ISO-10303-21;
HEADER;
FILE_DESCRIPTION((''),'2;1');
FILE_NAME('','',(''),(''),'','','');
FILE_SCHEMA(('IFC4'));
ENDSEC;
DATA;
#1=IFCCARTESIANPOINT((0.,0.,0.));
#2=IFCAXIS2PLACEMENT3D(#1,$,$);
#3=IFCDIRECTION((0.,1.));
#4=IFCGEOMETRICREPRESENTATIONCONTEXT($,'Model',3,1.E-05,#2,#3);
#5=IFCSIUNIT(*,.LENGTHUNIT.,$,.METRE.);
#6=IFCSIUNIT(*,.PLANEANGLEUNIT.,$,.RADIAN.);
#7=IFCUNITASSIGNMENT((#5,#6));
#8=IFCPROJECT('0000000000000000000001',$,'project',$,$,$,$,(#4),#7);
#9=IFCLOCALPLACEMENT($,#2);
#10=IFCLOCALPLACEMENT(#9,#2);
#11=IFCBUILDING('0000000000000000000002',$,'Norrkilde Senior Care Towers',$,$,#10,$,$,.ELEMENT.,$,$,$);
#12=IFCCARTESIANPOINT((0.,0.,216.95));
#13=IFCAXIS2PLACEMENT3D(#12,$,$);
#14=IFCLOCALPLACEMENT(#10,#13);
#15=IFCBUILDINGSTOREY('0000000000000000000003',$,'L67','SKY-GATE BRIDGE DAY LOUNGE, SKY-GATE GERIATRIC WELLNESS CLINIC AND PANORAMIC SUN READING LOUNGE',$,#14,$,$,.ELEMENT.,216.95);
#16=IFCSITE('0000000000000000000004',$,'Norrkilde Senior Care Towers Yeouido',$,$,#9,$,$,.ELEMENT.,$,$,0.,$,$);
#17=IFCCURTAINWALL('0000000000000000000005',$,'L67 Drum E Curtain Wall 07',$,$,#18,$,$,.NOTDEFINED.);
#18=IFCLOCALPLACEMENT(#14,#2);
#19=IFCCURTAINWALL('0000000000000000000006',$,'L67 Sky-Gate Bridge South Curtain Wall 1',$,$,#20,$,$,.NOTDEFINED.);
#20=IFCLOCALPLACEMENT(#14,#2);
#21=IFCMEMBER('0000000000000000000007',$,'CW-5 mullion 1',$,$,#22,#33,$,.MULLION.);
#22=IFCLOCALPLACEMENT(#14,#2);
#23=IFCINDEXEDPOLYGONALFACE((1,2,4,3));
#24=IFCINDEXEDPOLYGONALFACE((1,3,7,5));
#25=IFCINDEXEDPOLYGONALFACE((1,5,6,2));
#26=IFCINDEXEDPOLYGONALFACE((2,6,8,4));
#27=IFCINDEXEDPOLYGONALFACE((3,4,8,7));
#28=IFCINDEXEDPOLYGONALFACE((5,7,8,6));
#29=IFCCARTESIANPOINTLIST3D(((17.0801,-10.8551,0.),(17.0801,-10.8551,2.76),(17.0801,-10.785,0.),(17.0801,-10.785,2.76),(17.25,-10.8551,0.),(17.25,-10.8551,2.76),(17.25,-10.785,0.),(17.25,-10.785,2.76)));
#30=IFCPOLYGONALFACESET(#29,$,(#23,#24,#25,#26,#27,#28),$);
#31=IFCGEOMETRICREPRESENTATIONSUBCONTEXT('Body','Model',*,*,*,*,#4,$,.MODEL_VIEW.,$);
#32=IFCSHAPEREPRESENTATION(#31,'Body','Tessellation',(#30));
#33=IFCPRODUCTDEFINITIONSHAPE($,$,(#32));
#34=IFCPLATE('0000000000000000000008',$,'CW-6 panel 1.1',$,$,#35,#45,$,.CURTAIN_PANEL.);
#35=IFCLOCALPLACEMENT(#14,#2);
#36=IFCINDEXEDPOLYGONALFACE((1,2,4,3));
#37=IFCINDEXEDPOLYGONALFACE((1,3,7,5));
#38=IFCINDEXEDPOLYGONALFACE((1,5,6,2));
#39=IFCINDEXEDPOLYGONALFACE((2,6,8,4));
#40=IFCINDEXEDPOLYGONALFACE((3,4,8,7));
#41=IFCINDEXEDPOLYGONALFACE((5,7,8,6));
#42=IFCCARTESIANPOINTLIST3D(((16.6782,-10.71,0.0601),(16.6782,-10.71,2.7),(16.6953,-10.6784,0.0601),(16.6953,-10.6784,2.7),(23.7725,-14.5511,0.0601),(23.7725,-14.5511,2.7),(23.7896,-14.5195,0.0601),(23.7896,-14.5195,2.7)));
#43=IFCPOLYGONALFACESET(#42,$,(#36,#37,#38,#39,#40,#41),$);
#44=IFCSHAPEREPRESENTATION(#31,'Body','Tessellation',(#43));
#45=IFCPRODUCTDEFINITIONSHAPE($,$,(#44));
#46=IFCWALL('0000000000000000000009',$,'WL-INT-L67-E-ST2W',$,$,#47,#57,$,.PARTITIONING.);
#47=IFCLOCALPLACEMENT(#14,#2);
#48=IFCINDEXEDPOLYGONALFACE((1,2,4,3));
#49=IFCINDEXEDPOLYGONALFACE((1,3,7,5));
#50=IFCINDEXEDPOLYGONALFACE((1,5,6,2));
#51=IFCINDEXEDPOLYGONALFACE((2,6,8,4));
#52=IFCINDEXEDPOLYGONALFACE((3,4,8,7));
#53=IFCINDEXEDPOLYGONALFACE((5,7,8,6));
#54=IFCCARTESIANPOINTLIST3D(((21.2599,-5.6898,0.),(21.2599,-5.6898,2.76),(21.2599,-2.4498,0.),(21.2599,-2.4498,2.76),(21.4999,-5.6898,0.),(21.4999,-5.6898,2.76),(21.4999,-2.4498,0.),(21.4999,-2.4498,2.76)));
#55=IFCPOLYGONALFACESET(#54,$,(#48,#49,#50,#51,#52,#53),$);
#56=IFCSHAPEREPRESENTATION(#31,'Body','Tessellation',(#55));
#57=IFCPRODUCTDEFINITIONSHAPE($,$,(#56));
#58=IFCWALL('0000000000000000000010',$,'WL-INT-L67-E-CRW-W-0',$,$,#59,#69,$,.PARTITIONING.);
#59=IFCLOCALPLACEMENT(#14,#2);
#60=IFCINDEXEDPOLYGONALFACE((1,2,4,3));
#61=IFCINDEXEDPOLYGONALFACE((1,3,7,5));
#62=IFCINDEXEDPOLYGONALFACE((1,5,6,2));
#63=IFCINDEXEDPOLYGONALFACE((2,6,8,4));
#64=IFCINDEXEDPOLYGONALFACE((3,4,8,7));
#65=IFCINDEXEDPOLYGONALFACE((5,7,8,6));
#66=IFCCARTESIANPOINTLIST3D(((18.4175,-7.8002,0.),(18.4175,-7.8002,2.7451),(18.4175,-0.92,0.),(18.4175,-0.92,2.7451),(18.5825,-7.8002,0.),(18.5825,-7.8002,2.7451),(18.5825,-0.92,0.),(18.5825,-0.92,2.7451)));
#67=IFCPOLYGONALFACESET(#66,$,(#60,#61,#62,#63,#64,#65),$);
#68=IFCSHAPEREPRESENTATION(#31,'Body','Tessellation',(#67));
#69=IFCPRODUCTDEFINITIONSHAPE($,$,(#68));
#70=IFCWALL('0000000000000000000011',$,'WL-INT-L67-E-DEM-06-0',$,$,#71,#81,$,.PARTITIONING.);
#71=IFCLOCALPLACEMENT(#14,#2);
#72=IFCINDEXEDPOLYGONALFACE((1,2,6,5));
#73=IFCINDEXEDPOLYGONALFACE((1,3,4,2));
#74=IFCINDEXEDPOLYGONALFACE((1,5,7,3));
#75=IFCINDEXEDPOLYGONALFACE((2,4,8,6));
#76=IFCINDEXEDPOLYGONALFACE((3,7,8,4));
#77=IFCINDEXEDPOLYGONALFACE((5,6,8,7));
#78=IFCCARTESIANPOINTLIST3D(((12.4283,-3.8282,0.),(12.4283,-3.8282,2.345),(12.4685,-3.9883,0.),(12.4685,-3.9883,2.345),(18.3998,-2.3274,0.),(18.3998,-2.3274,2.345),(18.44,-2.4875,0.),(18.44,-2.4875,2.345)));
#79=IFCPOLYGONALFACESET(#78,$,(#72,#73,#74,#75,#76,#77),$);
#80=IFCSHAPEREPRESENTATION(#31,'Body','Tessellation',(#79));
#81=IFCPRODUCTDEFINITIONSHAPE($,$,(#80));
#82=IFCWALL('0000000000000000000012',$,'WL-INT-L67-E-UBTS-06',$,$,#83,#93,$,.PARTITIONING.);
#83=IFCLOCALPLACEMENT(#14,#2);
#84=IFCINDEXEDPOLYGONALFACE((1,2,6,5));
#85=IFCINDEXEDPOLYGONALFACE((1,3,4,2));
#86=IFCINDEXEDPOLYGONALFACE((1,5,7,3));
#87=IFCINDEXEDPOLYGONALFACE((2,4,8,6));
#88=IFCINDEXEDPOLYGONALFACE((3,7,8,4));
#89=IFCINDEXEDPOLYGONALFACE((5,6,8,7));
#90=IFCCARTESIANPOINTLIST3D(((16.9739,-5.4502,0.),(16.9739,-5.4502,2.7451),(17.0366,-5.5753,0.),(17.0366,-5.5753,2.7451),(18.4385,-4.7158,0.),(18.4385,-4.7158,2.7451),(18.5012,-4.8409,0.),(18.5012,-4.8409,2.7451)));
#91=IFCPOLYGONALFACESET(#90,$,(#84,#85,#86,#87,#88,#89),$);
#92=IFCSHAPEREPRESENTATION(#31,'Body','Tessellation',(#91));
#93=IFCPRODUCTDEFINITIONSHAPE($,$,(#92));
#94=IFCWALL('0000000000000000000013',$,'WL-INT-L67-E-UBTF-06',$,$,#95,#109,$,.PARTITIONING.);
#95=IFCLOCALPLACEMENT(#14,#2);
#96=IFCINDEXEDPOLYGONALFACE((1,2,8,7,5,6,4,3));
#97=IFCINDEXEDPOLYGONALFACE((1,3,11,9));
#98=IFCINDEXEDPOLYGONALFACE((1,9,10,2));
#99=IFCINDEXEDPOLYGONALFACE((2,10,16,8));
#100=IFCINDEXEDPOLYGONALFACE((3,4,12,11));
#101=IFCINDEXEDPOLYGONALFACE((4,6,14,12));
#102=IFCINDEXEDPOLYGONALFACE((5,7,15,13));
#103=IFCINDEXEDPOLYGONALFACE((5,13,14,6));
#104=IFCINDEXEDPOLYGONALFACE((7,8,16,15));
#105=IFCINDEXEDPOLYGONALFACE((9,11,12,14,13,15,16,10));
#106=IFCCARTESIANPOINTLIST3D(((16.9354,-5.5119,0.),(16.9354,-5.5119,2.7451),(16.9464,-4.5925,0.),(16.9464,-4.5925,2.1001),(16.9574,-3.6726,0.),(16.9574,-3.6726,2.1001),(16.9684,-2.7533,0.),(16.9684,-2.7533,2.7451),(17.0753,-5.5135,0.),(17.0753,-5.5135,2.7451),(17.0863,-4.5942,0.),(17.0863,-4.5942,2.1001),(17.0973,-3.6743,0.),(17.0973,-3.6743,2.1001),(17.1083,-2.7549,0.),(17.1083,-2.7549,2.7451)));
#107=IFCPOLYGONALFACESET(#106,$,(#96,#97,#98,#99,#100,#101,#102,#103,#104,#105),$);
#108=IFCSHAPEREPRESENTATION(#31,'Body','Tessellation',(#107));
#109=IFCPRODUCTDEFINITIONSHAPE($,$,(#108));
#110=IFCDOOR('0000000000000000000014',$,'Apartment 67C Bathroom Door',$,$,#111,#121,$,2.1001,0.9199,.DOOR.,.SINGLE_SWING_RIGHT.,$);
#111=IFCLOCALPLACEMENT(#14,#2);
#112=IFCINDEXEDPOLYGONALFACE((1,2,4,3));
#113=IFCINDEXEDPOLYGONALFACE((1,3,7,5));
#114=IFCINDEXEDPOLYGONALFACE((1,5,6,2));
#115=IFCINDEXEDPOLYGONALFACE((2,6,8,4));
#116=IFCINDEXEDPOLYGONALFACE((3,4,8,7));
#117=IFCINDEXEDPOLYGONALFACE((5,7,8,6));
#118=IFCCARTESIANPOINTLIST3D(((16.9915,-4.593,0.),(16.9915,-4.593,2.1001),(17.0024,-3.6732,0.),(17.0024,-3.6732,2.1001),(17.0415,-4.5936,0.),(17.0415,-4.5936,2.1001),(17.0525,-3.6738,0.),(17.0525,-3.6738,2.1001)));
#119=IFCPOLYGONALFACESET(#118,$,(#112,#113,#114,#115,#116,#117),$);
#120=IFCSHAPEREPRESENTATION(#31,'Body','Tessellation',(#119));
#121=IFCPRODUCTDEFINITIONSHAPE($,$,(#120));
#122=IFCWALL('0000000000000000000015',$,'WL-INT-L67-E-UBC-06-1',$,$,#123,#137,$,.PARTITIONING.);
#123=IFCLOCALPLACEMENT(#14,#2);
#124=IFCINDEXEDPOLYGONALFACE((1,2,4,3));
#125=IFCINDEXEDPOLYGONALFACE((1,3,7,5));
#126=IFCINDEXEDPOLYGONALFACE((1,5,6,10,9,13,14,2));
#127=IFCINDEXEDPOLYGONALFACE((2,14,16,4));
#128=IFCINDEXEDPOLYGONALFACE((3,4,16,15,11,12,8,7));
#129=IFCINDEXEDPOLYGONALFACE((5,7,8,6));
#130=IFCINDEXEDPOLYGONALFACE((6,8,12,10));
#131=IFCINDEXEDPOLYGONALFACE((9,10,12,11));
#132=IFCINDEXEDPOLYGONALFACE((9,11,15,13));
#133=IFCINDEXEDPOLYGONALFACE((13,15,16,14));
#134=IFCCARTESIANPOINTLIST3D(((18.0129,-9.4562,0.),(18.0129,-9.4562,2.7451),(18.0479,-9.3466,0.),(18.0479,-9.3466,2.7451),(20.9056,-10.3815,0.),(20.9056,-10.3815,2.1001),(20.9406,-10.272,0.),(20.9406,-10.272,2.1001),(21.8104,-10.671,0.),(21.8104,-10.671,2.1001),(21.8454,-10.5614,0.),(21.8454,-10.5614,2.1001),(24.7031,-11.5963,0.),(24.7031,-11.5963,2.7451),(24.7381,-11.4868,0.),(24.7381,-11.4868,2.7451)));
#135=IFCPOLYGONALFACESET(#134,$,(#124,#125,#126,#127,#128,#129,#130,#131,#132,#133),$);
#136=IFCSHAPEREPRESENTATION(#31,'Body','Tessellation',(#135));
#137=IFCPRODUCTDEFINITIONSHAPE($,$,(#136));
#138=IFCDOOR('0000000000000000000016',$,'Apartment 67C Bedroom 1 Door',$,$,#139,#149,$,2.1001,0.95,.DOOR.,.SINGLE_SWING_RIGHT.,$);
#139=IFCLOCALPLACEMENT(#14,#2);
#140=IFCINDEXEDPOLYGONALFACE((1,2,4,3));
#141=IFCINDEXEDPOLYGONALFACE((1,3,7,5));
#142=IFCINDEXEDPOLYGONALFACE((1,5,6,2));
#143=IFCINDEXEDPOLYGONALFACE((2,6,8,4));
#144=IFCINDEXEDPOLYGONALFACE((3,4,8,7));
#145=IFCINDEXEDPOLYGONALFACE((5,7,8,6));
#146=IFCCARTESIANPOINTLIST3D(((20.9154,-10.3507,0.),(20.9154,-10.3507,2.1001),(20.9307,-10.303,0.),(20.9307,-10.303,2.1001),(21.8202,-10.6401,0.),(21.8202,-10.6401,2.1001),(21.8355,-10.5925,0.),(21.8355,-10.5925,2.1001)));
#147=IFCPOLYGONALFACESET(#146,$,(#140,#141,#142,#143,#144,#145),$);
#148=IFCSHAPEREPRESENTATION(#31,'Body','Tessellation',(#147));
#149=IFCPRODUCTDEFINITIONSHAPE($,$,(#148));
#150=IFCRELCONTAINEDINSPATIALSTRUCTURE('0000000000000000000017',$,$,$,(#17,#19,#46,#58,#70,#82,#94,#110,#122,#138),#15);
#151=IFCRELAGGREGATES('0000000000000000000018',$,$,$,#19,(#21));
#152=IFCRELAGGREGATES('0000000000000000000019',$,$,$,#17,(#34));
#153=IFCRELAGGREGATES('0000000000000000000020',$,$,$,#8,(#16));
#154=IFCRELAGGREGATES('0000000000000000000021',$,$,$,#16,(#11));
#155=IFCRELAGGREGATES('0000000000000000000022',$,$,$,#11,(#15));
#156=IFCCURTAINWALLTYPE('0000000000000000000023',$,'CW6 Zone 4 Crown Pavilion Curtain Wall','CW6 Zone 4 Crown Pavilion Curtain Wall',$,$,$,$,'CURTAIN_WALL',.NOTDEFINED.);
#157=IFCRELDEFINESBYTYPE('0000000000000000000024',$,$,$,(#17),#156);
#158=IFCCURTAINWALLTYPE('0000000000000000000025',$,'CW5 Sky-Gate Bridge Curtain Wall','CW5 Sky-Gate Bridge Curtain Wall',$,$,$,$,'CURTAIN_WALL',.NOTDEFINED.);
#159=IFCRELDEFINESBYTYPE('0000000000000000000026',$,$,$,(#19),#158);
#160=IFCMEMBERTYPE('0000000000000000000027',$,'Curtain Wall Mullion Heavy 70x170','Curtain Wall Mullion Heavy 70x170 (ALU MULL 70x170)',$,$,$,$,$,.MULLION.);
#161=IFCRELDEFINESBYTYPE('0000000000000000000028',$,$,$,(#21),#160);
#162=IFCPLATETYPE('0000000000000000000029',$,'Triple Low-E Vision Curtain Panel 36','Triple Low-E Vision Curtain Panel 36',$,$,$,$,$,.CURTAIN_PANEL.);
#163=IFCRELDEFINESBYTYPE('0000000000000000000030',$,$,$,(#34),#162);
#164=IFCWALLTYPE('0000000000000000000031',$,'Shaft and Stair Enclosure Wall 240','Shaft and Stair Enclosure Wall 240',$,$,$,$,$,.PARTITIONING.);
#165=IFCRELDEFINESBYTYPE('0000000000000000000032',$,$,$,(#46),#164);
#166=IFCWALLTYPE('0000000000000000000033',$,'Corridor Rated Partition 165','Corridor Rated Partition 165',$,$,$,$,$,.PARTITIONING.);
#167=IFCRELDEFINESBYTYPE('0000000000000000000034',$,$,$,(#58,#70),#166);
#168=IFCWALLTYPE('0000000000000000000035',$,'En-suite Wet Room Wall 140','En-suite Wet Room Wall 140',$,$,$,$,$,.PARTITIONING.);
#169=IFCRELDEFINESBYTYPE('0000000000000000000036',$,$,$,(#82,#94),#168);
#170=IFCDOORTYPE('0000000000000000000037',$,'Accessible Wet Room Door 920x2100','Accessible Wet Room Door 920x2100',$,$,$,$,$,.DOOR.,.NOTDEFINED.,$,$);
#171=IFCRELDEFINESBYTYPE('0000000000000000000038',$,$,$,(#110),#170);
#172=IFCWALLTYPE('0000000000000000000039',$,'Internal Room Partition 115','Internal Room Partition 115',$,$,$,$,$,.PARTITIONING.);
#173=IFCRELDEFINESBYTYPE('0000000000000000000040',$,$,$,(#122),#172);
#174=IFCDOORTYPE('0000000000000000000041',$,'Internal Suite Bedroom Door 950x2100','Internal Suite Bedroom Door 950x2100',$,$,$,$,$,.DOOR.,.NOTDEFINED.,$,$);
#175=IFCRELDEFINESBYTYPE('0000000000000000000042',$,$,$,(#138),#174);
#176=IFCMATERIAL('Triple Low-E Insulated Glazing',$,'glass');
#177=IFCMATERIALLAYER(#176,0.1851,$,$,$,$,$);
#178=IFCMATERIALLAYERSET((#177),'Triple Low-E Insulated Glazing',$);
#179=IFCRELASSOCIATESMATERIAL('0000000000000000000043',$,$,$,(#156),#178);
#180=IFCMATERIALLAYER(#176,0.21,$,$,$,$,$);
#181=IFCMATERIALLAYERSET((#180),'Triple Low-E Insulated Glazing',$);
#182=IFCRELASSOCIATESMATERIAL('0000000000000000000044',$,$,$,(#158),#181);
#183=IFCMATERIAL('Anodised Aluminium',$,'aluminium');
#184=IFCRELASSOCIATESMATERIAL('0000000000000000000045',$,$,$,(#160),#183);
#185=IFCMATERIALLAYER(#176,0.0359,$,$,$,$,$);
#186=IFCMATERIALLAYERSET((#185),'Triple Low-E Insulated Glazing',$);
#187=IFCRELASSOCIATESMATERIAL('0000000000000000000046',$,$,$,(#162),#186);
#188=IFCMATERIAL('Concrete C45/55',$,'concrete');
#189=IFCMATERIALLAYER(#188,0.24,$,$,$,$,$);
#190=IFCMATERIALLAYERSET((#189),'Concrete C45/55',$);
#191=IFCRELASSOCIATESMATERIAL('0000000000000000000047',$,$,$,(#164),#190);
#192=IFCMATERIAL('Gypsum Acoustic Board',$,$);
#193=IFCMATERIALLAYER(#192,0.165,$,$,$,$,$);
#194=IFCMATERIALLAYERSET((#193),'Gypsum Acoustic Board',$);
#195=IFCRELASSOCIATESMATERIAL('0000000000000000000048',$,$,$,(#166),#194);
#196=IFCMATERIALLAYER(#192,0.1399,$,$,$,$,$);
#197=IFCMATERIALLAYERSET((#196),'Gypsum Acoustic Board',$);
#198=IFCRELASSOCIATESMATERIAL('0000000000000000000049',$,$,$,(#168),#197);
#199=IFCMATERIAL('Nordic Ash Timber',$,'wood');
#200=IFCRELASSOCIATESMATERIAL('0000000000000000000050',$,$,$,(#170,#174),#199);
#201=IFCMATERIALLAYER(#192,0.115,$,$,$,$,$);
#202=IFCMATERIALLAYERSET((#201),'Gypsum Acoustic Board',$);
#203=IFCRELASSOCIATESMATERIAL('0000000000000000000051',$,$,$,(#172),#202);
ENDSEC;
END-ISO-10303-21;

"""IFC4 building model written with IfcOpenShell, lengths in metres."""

from ifc_helpers import new_model, si_unit, direction, frame, frame_2d, origin, origin_2d, place, context, subcontext, project, spatial, rectangle, extrude, source, transform, mapped, material, layer, layer_set, material_profile, profile_set, type_object, type_shapes, element, fill, aggregate, save


model = new_model("IFC4")

# Units and contexts
model_context = context("Model", 3, precision=1e-05, world=origin(), true_north=direction((0.0, 1.0)))
body_context = subcontext(model_context, "Body", "Model", "MODEL_VIEW")
ifc_project = project(units=[si_unit("LENGTHUNIT", "METRE"), si_unit("PLANEANGLEUNIT", "RADIAN")], contexts=[model_context])

# Site, building, storey
site_placement = place(None, origin())
site = spatial("IfcSite", under=ifc_project, at=site_placement, Name="Norrkilde Senior Care Towers Yeouido", CompositionType="ELEMENT", RefElevation=0.0)
building_placement = place(site_placement, origin())
building = spatial("IfcBuilding", under=site, at=building_placement, Name="Norrkilde Senior Care Towers", CompositionType="ELEMENT")
storey_placement = place(building_placement, frame((0.0, 0.0, 216.95)))
storey = spatial("IfcBuildingStorey", under=building, at=storey_placement, Name="L67", Description="SKY-GATE BRIDGE DAY LOUNGE, SKY-GATE GERIATRIC WELLNESS CLINIC AND PANORAMIC SUN READING LOUNGE", CompositionType="ELEMENT", Elevation=216.95)

# Curtain walls, member
ifc_material_1 = material(Name="Triple Low-E Insulated Glazing", Category="glass")
ifc_layer_1 = layer(ifc_material_1, 0.1851)
ifc_layer_set_1 = layer_set([ifc_layer_1], Name="Triple Low-E Insulated Glazing")
curtain_wall_type_1 = type_object("IfcCurtainWallType", Name="CW6 Zone 4 Crown Pavilion Curtain Wall", Description="CW6 Zone 4 Crown Pavilion Curtain Wall", ElementType="CURTAIN_WALL", PredefinedType="NOTDEFINED", material=ifc_layer_set_1)
curtain_wall_1_placement = place(storey_placement, origin())
curtain_wall_1 = element("IfcCurtainWall", 1, at=curtain_wall_1_placement, inside=storey, type_object=curtain_wall_type_1, Name="L67 Drum E Curtain Wall 07", PredefinedType="NOTDEFINED")
ifc_material_2 = material(Name="Anodised Aluminium", Category="aluminium")
ifc_layer_2 = layer(ifc_material_1, 0.21)
ifc_layer_set_2 = layer_set([ifc_layer_2], Name="Triple Low-E Insulated Glazing")
curtain_wall_type_2 = type_object("IfcCurtainWallType", Name="CW5 Sky-Gate Bridge Curtain Wall", Description="CW5 Sky-Gate Bridge Curtain Wall", ElementType="CURTAIN_WALL", PredefinedType="NOTDEFINED", material=ifc_layer_set_2)
curtain_wall_2_placement = place(storey_placement, origin())
curtain_wall_2 = element("IfcCurtainWall", 2, at=curtain_wall_2_placement, inside=storey, type_object=curtain_wall_type_2, Name="L67 Sky-Gate Bridge South Curtain Wall 1", PredefinedType="NOTDEFINED")
ifc_material_profile_1 = material_profile(ifc_material_2, rectangle(XDim=0.0701, YDim=0.1699, at=origin_2d()), Name="ALU MULL 70x170")
ifc_profile_set_1 = profile_set([ifc_material_profile_1], Name="Anodised Aluminium")
member_type_1 = type_object("IfcMemberType", Name="Curtain Wall Mullion Heavy 70x170", Description="Curtain Wall Mullion Heavy 70x170 (ALU MULL 70x170)", PredefinedType="MULLION", material=ifc_profile_set_1)
shared_shape_1 = source(origin(), body_context, "Body", "SweptSolid", [
    extrude(rectangle(XDim=0.0701, YDim=0.1699, at=origin_2d()), origin(), (0.0, 0.0, 1.0), 2.76),
])
type_shapes(member_type_1, [shared_shape_1])
member_1_placement = place(storey_placement, frame((17.165, -10.8201, 0.0), z_axis=(0.0, 0.0, 1.0), x_axis=(0.0, -1.0, 0.0)))
member_1 = element("IfcMember", 3, at=member_1_placement, type_object=member_type_1, Name="CW-5 mullion 1", PredefinedType="MULLION", context=body_context, shape_type="MappedRepresentation", body=[
    mapped(shared_shape_1, transform((0.0, 0.0, 0.0), x_axis=(1.0, 0.0, 0.0), y_axis=(0.0, 1.0, 0.0), z_axis=(0.0, 0.0, 1.0), scale=1.0)),
])
aggregate(curtain_wall_2, [member_1])

# Plate
ifc_layer_3 = layer(ifc_material_1, 0.0359)
ifc_layer_set_3 = layer_set([ifc_layer_3], Name="Triple Low-E Insulated Glazing")
plate_type = type_object("IfcPlateType", Name="Triple Low-E Vision Curtain Panel 36", Description="Triple Low-E Vision Curtain Panel 36", PredefinedType="CURTAIN_PANEL", material=ifc_layer_set_3)
shared_shape_2 = source(origin(), body_context, "Body", "SweptSolid", [
    extrude(rectangle(XDim=8.0674, YDim=0.0359, at=origin_2d()), origin(), (0.0, 0.0, 1.0), 2.6399),
])
type_shapes(plate_type, [shared_shape_2])
plate_placement = place(storey_placement, frame((20.2339, -12.6147, 0.0601), z_axis=(0.0, 0.0, 1.0), x_axis=(-0.879373, 0.476133, 0.0)))
plate = element("IfcPlate", 4, at=plate_placement, type_object=plate_type, Name="CW-6 panel 1.1", PredefinedType="CURTAIN_PANEL", context=body_context, shape_type="MappedRepresentation", body=[
    mapped(shared_shape_2, transform((0.0, 0.0, 0.0), x_axis=(1.0, 0.0, 0.0), y_axis=(0.0, 1.0, 0.0), z_axis=(0.0, 0.0, 1.0), scale=1.0)),
])
aggregate(curtain_wall_1, [plate])

# Shared definitions
ifc_material_3 = material(Name="Concrete C45/55", Category="concrete")
ifc_layer_4 = layer(ifc_material_3, 0.24)
ifc_layer_set_4 = layer_set([ifc_layer_4], Name="Concrete C45/55")
wall_type_1 = type_object("IfcWallType", Name="Shaft and Stair Enclosure Wall 240", Description="Shaft and Stair Enclosure Wall 240", PredefinedType="PARTITIONING", material=ifc_layer_set_4)

# Walls
shared_shape_3 = source(origin(), body_context, "Body", "SweptSolid", [
    extrude(rectangle(XDim=3.24, YDim=0.24, at=frame_2d((1.6201, 0.0))), origin(), (0.0, 0.0, 1.0), 2.76),
])
wall_1_placement = place(storey_placement, frame((21.3799, -5.6899, 0.0), z_axis=(0.0, 0.0, 1.0), x_axis=(0.0, 1.0, 0.0)))
element("IfcWall", 5, at=wall_1_placement, inside=storey, type_object=wall_type_1, Name="WL-INT-L67-E-ST2W", PredefinedType="PARTITIONING", context=body_context, shape_type="MappedRepresentation", body=[
    mapped(shared_shape_3, transform((0.0, 0.0, 0.0), x_axis=(1.0, 0.0, 0.0), y_axis=(0.0, 1.0, 0.0), z_axis=(0.0, 0.0, 1.0), scale=1.0)),
])
ifc_material_4 = material(Name="Gypsum Acoustic Board")
ifc_layer_5 = layer(ifc_material_4, 0.165)
ifc_layer_set_5 = layer_set([ifc_layer_5], Name="Gypsum Acoustic Board")
wall_type_2 = type_object("IfcWallType", Name="Corridor Rated Partition 165", Description="Corridor Rated Partition 165", PredefinedType="PARTITIONING", material=ifc_layer_set_5)
shared_shape_4 = source(origin(), body_context, "Body", "SweptSolid", [
    extrude(rectangle(XDim=6.8801, YDim=0.165, at=frame_2d((3.4399, 0.0))), origin(), (0.0, 0.0, 1.0), 2.7451),
])
wall_2_placement = place(storey_placement, frame((18.5, -7.8, 0.0), z_axis=(0.0, 0.0, 1.0), x_axis=(0.0, 1.0, 0.0)))
element("IfcWall", 6, at=wall_2_placement, inside=storey, type_object=wall_type_2, Name="WL-INT-L67-E-CRW-W-0", PredefinedType="PARTITIONING", context=body_context, shape_type="MappedRepresentation", body=[
    mapped(shared_shape_4, transform((0.0, 0.0, 0.0), x_axis=(1.0, 0.0, 0.0), y_axis=(0.0, 1.0, 0.0), z_axis=(0.0, 0.0, 1.0), scale=1.0)),
])
shared_shape_5 = source(origin(), body_context, "Body", "SweptSolid", [
    extrude(rectangle(XDim=6.1572, YDim=0.165, at=frame_2d((3.0786, 0.0))), origin(), (0.0, 0.0, 1.0), 2.345),
])
type_shapes(wall_type_2, [shared_shape_4, shared_shape_5])
wall_3_placement = place(storey_placement, frame((18.4199, -2.4075, 0.0), z_axis=(0.0, 0.0, 1.0), x_axis=(-0.969841, -0.243739, 0.0)))
element("IfcWall", 7, at=wall_3_placement, inside=storey, type_object=wall_type_2, Name="WL-INT-L67-E-DEM-06-0", PredefinedType="PARTITIONING", context=body_context, shape_type="MappedRepresentation", body=[
    mapped(shared_shape_5, transform((0.0, 0.0, 0.0), x_axis=(1.0, 0.0, 0.0), y_axis=(0.0, 1.0, 0.0), z_axis=(0.0, 0.0, 1.0), scale=1.0)),
])
ifc_layer_6 = layer(ifc_material_4, 0.1399)
ifc_layer_set_6 = layer_set([ifc_layer_6], Name="Gypsum Acoustic Board")
wall_type_3 = type_object("IfcWallType", Name="En-suite Wet Room Wall 140", Description="En-suite Wet Room Wall 140", PredefinedType="PARTITIONING", material=ifc_layer_set_6)
shared_shape_6 = source(origin(), body_context, "Body", "SweptSolid", [
    extrude(rectangle(XDim=1.6384, YDim=0.1399, at=frame_2d((0.8193, 0.0))), origin(), (0.0, 0.0, 1.0), 2.7451),
])
wall_4_placement = place(storey_placement, frame((18.47, -4.7783, 0.0), z_axis=(0.0, 0.0, 1.0), x_axis=(-0.89392, -0.448227, 0.0)))
element("IfcWall", 8, at=wall_4_placement, inside=storey, type_object=wall_type_3, Name="WL-INT-L67-E-UBTS-06", PredefinedType="PARTITIONING", context=body_context, shape_type="MappedRepresentation", body=[
    mapped(shared_shape_6, transform((0.0, 0.0, 0.0), x_axis=(1.0, 0.0, 0.0), y_axis=(0.0, 1.0, 0.0), z_axis=(0.0, 0.0, 1.0), scale=1.0)),
])

# Walls, openings, doors
shared_shape_7 = source(origin(), body_context, "Body", "SweptSolid", [
    extrude(rectangle(XDim=2.7588, YDim=0.1399, at=frame_2d((1.3794, 0.0))), origin(), (0.0, 0.0, 1.0), 2.7451),
])
type_shapes(wall_type_3, [shared_shape_6, shared_shape_7])
wall_5_placement = place(storey_placement, frame((17.0054, -5.5127, 0.0), z_axis=(0.0, 0.0, 1.0), x_axis=(0.011947, 0.999929, 0.0)))
wall_5 = element("IfcWall", 9, at=wall_5_placement, inside=storey, type_object=wall_type_3, Name="WL-INT-L67-E-UBTF-06", PredefinedType="PARTITIONING", context=body_context, shape_type="MappedRepresentation", body=[
    mapped(shared_shape_7, transform((0.0, 0.0, 0.0), x_axis=(1.0, 0.0, 0.0), y_axis=(0.0, 1.0, 0.0), z_axis=(0.0, 0.0, 1.0), scale=1.0)),
])
opening_1_placement = place(wall_5_placement, frame((0.9194, 0.0, 0.0)))
opening_1 = element("IfcOpeningElement", 10, at=opening_1_placement, cuts=wall_5, PredefinedType="OPENING", context=body_context, shape_type="SweptSolid", body=[
    extrude(rectangle(XDim=0.9199, YDim=2.1001, at=frame_2d((0.46, 1.05))), frame((0.0, 0.0798, 0.0), z_axis=(0.0, -1.0, 0.0), x_axis=(1.0, 0.0, 0.0)), (0.0, 0.0, 1.0), 0.1599),
])
ifc_material_5 = material(Name="Nordic Ash Timber", Category="wood")
door_type_1 = type_object("IfcDoorType", Name="Accessible Wet Room Door 920x2100", Description="Accessible Wet Room Door 920x2100", OperationType="NOTDEFINED", PredefinedType="DOOR", material=ifc_material_5)
shared_shape_8 = source(origin(), body_context, "Body", "SweptSolid", [
    extrude(rectangle(XDim=0.9199, YDim=2.1001, at=frame_2d((0.46, 1.05))), frame((0.0, 0.0249, 0.0), z_axis=(0.0, -1.0, 0.0), x_axis=(1.0, 0.0, 0.0)), (0.0, 0.0, 1.0), 0.05),
])
type_shapes(door_type_1, [shared_shape_8])
door_1_placement = place(opening_1_placement, origin())
door_1 = element("IfcDoor", 11, at=door_1_placement, inside=storey, type_object=door_type_1, Name="Apartment 67C Bathroom Door", OperationType="SINGLE_SWING_RIGHT", OverallHeight=2.1001, OverallWidth=0.9199, PredefinedType="DOOR", context=body_context, shape_type="MappedRepresentation", body=[
    mapped(shared_shape_8, transform((0.0, 0.0, 0.0), x_axis=(1.0, 0.0, 0.0), y_axis=(0.0, 1.0, 0.0), z_axis=(0.0, 0.0, 1.0), scale=1.0)),
])
fill(opening_1, door_1)
ifc_layer_7 = layer(ifc_material_4, 0.115)
ifc_layer_set_7 = layer_set([ifc_layer_7], Name="Gypsum Acoustic Board")
wall_type_4 = type_object("IfcWallType", Name="Internal Room Partition 115", Description="Internal Room Partition 115", PredefinedType="PARTITIONING", material=ifc_layer_set_7)
shared_shape_9 = source(origin(), body_context, "Body", "SweptSolid", [
    extrude(rectangle(XDim=7.0242, YDim=0.115, at=frame_2d((3.5122, 0.0))), origin(), (0.0, 0.0, 1.0), 2.7451),
])
wall_6_placement = place(storey_placement, frame((18.0303, -9.4014, 0.0), z_axis=(0.0, 0.0, 1.0), x_axis=(0.952454, -0.304682, 0.0)))
wall_6 = element("IfcWall", 12, at=wall_6_placement, inside=storey, type_object=wall_type_4, Name="WL-INT-L67-E-UBC-06-1", PredefinedType="PARTITIONING", context=body_context, shape_type="MappedRepresentation", body=[
    mapped(shared_shape_9, transform((0.0, 0.0, 0.0), x_axis=(1.0, 0.0, 0.0), y_axis=(0.0, 1.0, 0.0), z_axis=(0.0, 0.0, 1.0), scale=1.0)),
])
opening_2_placement = place(wall_6_placement, frame((3.0371, 0.0, 0.0)))
opening_2 = element("IfcOpeningElement", 13, at=opening_2_placement, cuts=wall_6, PredefinedType="OPENING", context=body_context, shape_type="SweptSolid", body=[
    extrude(rectangle(XDim=0.95, YDim=2.1001, at=frame_2d((0.4751, 1.05))), frame((0.0, 0.0674, 0.0), z_axis=(0.0, -1.0, 0.0), x_axis=(1.0, 0.0, 0.0)), (0.0, 0.0, 1.0), 0.135),
])
door_type_2 = type_object("IfcDoorType", Name="Internal Suite Bedroom Door 950x2100", Description="Internal Suite Bedroom Door 950x2100", OperationType="NOTDEFINED", PredefinedType="DOOR", material=ifc_material_5)
shared_shape_10 = source(origin(), body_context, "Body", "SweptSolid", [
    extrude(rectangle(XDim=0.95, YDim=2.1001, at=frame_2d((0.4751, 1.05))), frame((0.0, 0.0249, 0.0), z_axis=(0.0, -1.0, 0.0), x_axis=(1.0, 0.0, 0.0)), (0.0, 0.0, 1.0), 0.05),
])
type_shapes(door_type_2, [shared_shape_10])
door_2_placement = place(opening_2_placement, origin())
door_2 = element("IfcDoor", 14, at=door_2_placement, inside=storey, type_object=door_type_2, Name="Apartment 67C Bedroom 1 Door", OperationType="SINGLE_SWING_RIGHT", OverallHeight=2.1001, OverallWidth=0.95, PredefinedType="DOOR", context=body_context, shape_type="MappedRepresentation", body=[
    mapped(shared_shape_10, transform((0.0, 0.0, 0.0), x_axis=(1.0, 0.0, 0.0), y_axis=(0.0, 1.0, 0.0), z_axis=(0.0, 0.0, 1.0), scale=1.0)),
])
fill(opening_2, door_2)

save(model, "model.ifc")
